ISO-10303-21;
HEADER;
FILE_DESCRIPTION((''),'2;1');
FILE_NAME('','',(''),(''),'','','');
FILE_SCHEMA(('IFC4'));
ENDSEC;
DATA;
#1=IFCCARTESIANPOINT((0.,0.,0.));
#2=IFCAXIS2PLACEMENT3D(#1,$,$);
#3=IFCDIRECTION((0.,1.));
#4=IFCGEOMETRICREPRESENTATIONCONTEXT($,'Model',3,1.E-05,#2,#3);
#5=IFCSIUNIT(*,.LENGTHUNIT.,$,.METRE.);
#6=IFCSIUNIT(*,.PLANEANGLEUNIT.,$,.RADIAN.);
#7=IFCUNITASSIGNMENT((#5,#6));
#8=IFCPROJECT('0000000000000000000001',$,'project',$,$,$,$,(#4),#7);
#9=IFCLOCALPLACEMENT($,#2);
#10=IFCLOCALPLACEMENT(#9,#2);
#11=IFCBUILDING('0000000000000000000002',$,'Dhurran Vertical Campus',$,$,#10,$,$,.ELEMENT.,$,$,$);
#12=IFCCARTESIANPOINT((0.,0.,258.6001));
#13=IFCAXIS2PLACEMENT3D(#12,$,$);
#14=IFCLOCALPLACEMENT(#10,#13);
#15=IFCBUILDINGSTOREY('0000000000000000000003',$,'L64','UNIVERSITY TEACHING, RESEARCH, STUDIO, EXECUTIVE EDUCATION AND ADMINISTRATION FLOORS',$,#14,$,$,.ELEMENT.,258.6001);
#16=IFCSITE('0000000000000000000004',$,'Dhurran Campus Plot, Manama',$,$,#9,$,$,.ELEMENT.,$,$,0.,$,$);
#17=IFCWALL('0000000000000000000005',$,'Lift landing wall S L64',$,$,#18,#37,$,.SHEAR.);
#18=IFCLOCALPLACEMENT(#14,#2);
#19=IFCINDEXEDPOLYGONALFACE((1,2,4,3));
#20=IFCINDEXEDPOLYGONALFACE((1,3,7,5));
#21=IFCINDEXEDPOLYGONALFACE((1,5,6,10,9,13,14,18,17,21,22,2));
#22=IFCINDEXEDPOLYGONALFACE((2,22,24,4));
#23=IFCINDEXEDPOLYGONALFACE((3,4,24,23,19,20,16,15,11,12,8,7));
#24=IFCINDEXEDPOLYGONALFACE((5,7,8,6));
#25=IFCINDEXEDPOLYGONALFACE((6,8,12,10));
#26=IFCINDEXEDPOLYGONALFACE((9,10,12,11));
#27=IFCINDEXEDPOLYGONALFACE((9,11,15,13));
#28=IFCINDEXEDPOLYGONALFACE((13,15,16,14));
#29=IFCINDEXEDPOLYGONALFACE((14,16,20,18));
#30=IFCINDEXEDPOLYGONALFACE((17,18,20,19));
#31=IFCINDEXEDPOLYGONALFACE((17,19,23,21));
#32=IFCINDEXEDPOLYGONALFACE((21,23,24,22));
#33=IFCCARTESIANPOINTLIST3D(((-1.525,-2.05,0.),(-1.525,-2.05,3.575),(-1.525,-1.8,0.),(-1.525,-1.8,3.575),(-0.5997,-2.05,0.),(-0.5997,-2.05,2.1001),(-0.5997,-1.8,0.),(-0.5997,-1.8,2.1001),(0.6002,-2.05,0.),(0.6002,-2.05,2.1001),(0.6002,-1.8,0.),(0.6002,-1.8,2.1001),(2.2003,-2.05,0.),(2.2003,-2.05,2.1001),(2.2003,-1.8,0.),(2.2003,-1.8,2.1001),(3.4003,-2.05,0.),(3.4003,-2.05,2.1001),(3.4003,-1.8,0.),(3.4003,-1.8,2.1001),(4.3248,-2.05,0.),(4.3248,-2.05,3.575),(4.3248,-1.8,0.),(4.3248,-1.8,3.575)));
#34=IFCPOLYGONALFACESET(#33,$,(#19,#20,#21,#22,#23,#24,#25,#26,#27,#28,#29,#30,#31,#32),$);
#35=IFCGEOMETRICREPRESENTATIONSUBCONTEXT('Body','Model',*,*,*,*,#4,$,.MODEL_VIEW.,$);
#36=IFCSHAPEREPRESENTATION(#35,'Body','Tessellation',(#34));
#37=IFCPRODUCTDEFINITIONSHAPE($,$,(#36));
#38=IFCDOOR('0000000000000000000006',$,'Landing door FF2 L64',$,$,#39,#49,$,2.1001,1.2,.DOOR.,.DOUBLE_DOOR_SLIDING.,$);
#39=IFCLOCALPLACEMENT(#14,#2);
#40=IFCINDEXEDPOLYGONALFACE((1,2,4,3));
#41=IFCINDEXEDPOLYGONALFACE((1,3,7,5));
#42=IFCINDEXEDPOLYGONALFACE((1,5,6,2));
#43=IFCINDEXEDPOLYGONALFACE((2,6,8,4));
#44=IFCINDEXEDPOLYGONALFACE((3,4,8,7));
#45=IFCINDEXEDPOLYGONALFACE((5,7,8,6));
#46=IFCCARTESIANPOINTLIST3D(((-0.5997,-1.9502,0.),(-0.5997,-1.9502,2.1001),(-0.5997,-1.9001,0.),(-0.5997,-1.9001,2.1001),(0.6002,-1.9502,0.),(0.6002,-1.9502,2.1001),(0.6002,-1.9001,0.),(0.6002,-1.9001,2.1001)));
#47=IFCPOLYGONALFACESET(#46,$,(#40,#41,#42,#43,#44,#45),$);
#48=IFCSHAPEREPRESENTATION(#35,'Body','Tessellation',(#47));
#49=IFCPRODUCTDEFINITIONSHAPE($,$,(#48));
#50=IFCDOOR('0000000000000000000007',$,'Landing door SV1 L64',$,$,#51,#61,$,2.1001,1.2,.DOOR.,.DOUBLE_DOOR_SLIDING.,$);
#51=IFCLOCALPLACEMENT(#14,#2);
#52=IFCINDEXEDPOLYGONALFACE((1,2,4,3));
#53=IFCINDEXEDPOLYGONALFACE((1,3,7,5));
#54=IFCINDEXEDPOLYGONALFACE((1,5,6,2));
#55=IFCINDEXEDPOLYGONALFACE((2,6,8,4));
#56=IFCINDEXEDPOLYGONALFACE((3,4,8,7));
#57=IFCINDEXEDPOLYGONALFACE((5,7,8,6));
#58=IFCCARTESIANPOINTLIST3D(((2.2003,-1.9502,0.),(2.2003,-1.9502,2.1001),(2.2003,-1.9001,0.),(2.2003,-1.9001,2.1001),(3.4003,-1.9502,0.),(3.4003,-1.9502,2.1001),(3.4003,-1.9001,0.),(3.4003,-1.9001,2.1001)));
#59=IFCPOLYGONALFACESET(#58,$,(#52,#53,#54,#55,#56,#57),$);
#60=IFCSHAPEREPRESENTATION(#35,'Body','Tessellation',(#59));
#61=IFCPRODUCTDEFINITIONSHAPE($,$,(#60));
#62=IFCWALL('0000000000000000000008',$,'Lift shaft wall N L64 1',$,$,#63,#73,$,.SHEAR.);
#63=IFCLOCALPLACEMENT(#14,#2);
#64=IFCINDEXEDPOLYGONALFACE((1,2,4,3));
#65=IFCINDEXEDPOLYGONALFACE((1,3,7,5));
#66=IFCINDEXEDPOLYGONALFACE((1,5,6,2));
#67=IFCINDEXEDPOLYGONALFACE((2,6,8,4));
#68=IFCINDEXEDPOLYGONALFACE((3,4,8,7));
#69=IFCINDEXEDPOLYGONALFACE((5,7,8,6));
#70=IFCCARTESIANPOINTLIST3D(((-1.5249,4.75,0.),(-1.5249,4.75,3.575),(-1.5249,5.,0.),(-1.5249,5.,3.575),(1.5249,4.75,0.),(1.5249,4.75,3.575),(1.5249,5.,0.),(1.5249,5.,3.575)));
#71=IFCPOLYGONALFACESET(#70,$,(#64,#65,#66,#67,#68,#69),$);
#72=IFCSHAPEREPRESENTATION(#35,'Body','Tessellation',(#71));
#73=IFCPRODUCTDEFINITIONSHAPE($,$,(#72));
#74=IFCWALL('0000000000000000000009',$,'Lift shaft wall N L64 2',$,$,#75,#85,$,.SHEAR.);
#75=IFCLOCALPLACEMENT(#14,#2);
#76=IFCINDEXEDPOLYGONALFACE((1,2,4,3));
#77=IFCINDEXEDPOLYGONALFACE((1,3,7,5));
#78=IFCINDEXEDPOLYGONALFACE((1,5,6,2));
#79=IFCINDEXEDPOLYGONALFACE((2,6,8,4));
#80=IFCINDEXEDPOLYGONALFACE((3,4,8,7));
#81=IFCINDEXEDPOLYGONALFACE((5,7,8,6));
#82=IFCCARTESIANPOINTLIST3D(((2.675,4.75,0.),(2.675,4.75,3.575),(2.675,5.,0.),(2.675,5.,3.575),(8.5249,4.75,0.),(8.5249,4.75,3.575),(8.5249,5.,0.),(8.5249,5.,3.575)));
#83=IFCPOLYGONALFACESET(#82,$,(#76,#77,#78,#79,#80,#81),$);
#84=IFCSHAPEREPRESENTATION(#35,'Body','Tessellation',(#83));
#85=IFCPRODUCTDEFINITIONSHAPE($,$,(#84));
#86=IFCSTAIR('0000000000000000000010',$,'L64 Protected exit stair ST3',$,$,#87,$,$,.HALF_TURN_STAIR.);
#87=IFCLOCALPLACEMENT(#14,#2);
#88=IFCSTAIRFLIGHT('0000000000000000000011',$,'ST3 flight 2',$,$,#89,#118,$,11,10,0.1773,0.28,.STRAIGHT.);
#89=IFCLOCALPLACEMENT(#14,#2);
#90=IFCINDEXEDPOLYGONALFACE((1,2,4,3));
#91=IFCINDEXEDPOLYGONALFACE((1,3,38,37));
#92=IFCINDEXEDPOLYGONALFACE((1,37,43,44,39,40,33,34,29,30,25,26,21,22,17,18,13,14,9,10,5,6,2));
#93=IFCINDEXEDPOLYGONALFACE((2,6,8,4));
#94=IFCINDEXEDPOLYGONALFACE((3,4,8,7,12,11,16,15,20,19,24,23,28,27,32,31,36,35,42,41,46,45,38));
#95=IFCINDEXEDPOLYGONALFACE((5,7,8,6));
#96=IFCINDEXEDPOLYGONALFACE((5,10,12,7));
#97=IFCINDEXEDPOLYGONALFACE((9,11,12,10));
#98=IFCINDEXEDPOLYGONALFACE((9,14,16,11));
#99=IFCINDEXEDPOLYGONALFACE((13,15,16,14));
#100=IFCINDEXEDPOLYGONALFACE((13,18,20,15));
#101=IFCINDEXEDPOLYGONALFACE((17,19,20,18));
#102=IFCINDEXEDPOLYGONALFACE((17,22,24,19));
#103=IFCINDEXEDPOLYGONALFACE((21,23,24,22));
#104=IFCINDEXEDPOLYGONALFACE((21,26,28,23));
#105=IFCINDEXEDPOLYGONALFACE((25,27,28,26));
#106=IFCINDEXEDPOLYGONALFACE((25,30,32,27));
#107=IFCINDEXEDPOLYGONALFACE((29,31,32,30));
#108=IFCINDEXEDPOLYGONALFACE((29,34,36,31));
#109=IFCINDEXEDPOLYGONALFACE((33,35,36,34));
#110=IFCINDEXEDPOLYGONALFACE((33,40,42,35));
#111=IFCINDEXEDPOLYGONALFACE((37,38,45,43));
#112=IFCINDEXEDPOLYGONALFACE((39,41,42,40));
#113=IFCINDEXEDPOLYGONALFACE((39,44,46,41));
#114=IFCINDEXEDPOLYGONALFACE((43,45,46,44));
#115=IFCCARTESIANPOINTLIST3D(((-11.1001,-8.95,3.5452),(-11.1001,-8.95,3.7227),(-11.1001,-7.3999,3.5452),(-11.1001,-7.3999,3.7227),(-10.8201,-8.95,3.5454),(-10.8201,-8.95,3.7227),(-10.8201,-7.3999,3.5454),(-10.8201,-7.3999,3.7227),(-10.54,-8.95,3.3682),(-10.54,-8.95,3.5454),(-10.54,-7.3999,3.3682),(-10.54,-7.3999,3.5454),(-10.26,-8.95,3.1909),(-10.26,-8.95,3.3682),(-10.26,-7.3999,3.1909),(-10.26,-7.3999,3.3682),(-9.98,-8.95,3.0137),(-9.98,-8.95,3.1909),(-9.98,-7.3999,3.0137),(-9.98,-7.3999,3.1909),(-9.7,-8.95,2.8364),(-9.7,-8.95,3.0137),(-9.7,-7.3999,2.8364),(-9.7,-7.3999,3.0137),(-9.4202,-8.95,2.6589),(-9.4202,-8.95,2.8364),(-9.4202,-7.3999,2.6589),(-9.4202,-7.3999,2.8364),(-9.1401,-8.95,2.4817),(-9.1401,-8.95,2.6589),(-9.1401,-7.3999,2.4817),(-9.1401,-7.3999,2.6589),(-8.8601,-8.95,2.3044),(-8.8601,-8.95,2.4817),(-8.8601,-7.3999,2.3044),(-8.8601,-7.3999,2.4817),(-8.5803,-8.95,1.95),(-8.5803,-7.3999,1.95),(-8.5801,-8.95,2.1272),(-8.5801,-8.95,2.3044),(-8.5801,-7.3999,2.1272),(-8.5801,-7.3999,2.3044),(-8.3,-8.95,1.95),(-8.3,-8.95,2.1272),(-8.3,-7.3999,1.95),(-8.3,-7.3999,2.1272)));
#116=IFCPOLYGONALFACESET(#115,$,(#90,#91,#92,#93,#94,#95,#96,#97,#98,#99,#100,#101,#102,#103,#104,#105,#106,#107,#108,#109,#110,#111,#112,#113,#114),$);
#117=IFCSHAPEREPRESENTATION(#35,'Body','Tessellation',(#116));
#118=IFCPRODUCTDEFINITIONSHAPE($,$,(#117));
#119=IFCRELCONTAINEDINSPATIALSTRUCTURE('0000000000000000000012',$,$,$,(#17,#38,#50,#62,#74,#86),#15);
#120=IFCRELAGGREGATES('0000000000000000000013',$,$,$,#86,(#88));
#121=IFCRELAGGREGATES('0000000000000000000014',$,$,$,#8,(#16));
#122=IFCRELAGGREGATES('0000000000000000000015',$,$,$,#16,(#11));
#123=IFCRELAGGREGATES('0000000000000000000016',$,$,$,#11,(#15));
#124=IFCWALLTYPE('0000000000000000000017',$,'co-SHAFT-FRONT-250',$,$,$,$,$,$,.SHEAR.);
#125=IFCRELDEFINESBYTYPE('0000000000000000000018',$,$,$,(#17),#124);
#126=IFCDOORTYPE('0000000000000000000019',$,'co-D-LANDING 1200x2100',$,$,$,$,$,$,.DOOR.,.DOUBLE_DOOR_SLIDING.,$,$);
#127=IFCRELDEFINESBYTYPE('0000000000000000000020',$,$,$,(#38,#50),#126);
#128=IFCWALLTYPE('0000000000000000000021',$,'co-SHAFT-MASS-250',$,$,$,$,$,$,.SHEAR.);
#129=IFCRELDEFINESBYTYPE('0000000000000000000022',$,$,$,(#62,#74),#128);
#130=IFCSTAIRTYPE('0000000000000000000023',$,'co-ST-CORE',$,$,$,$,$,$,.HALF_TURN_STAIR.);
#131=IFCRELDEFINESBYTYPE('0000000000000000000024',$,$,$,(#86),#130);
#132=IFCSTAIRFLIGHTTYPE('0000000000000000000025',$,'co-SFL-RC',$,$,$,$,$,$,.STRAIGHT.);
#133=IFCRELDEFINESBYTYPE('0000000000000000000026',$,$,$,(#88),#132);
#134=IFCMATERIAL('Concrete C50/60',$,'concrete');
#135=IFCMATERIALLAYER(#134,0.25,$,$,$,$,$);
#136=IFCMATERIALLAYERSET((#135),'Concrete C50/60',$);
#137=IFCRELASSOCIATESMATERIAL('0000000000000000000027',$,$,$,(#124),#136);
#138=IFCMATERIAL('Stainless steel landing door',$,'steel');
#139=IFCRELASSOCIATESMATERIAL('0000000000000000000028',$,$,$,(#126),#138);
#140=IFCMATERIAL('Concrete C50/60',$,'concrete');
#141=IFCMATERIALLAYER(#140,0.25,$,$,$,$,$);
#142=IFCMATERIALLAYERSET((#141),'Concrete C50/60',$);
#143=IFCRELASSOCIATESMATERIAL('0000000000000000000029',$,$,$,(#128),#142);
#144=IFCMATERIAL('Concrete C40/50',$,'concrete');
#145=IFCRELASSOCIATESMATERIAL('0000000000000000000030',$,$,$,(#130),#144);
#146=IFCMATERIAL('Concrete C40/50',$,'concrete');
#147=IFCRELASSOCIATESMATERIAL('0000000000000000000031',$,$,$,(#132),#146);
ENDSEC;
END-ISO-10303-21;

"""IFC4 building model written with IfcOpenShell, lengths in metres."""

from ifc_helpers import new_model, si_unit, direction, frame, frame_2d, origin, place, context, subcontext, project, spatial, polyline, rectangle, outline, extrude, material, layer, layer_set, type_object, element, fill, aggregate, save


model = new_model("IFC4")

# Units and contexts
model_context = context("Model", 3, precision=1e-05, world=origin(), true_north=direction((0.0, 1.0)))
body_context = subcontext(model_context, "Body", "Model", "MODEL_VIEW")
ifc_project = project(units=[si_unit("LENGTHUNIT", "METRE"), si_unit("PLANEANGLEUNIT", "RADIAN")], contexts=[model_context])

# Site, building, storey
site_placement = place(None, origin())
site = spatial("IfcSite", under=ifc_project, at=site_placement, Name="Dhurran Campus Plot, Manama", CompositionType="ELEMENT", RefElevation=0.0)
building_placement = place(site_placement, origin())
building = spatial("IfcBuilding", under=site, at=building_placement, Name="Dhurran Vertical Campus", CompositionType="ELEMENT")
storey_placement = place(building_placement, frame((0.0, 0.0, 258.6001)))
storey = spatial("IfcBuildingStorey", under=building, at=storey_placement, Name="L64", Description="UNIVERSITY TEACHING, RESEARCH, STUDIO, EXECUTIVE EDUCATION AND ADMINISTRATION FLOORS", CompositionType="ELEMENT", Elevation=258.6001)

# Wall, openings, doors
ifc_material_1 = material(Name="Concrete C50/60", Category="concrete")
ifc_layer_1 = layer(ifc_material_1, 0.25)
ifc_layer_set_1 = layer_set([ifc_layer_1], Name="Concrete C50/60")
wall_type_1 = type_object("IfcWallType", Name="co-SHAFT-FRONT-250", PredefinedType="SHEAR", material=ifc_layer_set_1)
ifc_material_2 = material(Name="Stainless steel landing door", Category="steel")
door_type_1 = type_object("IfcDoorType", Name="co-D-LANDING 1200x2100", OperationType="DOUBLE_DOOR_SLIDING", PredefinedType="DOOR", material=ifc_material_2)
wall_1_placement = place(storey_placement, frame((-1.5249, -1.925, 0.0), z_axis=(0.0, 0.0, 1.0), x_axis=(1.0, 0.0, 0.0)))
wall_1 = element("IfcWall", 1, at=wall_1_placement, inside=storey, type_object=wall_type_1, Name="Lift landing wall S L64", PredefinedType="SHEAR", context=body_context, shape_type="SweptSolid", body=[
    extrude(rectangle(XDim=5.8499, YDim=0.25, at=frame_2d((2.9248, 0.0))), origin(), (0.0, 0.0, 1.0), 3.575),
])
opening_1_placement = place(wall_1_placement, frame((0.925, 0.0, 0.0)))
opening_1 = element("IfcOpeningElement", 2, at=opening_1_placement, cuts=wall_1, PredefinedType="OPENING", context=body_context, shape_type="SweptSolid", body=[
    extrude(rectangle(XDim=1.2, YDim=2.1001, at=frame_2d((0.6001, 1.05))), frame((0.0, 0.135, 0.0), z_axis=(0.0, -1.0, 0.0), x_axis=(1.0, 0.0, 0.0)), (0.0, 0.0, 1.0), 0.27),
])
opening_2_placement = place(wall_1_placement, frame((3.7251, 0.0, 0.0)))
opening_2 = element("IfcOpeningElement", 3, at=opening_2_placement, cuts=wall_1, PredefinedType="OPENING", context=body_context, shape_type="SweptSolid", body=[
    extrude(rectangle(XDim=1.2, YDim=2.1001, at=frame_2d((0.6001, 1.05))), frame((0.0, 0.135, 0.0), z_axis=(0.0, -1.0, 0.0), x_axis=(1.0, 0.0, 0.0)), (0.0, 0.0, 1.0), 0.27),
])
door_1_placement = place(opening_1_placement, origin())
door_1 = element("IfcDoor", 4, at=door_1_placement, inside=storey, type_object=door_type_1, Name="Landing door FF2 L64", OperationType="DOUBLE_DOOR_SLIDING", OverallHeight=2.1001, OverallWidth=1.2, PredefinedType="DOOR", context=body_context, shape_type="SweptSolid", body=[
    extrude(rectangle(XDim=1.2, YDim=2.1001, at=frame_2d((0.6001, 1.05))), frame((0.0, 0.0249, 0.0), z_axis=(0.0, -1.0, 0.0), x_axis=(1.0, 0.0, 0.0)), (0.0, 0.0, 1.0), 0.05),
])
fill(opening_1, door_1)
door_2_placement = place(opening_2_placement, origin())
door_2 = element("IfcDoor", 5, at=door_2_placement, inside=storey, type_object=door_type_1, Name="Landing door SV1 L64", OperationType="DOUBLE_DOOR_SLIDING", OverallHeight=2.1001, OverallWidth=1.2, PredefinedType="DOOR", context=body_context, shape_type="SweptSolid", body=[
    extrude(rectangle(XDim=1.2, YDim=2.1001, at=frame_2d((0.6001, 1.05))), frame((0.0, 0.0249, 0.0), z_axis=(0.0, -1.0, 0.0), x_axis=(1.0, 0.0, 0.0)), (0.0, 0.0, 1.0), 0.05),
])
fill(opening_2, door_2)

# Walls
ifc_material_3 = material(Name="Concrete C50/60", Category="concrete")
ifc_layer_2 = layer(ifc_material_3, 0.25)
ifc_layer_set_2 = layer_set([ifc_layer_2], Name="Concrete C50/60")
wall_type_2 = type_object("IfcWallType", Name="co-SHAFT-MASS-250", PredefinedType="SHEAR", material=ifc_layer_set_2)
wall_2_placement = place(storey_placement, origin())
element("IfcWall", 6, at=wall_2_placement, inside=storey, type_object=wall_type_2, Name="Lift shaft wall N L64 1", PredefinedType="SHEAR", context=body_context, shape_type="SweptSolid", body=[
    extrude(outline(polyline([(-1.5249, 4.75), (1.5249, 4.75), (1.5249, 5.0), (-1.5249, 5.0), (-1.5249, 4.75)])), origin(), (0.0, 0.0, 1.0), 3.575),
])
wall_3_placement = place(storey_placement, origin())
element("IfcWall", 7, at=wall_3_placement, inside=storey, type_object=wall_type_2, Name="Lift shaft wall N L64 2", PredefinedType="SHEAR", context=body_context, shape_type="SweptSolid", body=[
    extrude(outline(polyline([(2.675, 4.75), (8.5249, 4.75), (8.5249, 5.0), (2.675, 5.0), (2.675, 4.75)])), origin(), (0.0, 0.0, 1.0), 3.575),
])

# Stair, stair flight
ifc_material_4 = material(Name="Concrete C40/50", Category="concrete")
stair_type = type_object("IfcStairType", Name="co-ST-CORE", PredefinedType="HALF_TURN_STAIR", material=ifc_material_4)
stair_placement = place(storey_placement, origin())
stair = element("IfcStair", 8, at=stair_placement, inside=storey, type_object=stair_type, Name="L64 Protected exit stair ST3", PredefinedType="HALF_TURN_STAIR")
ifc_material_5 = material(Name="Concrete C40/50", Category="concrete")
stair_flight_type = type_object("IfcStairFlightType", Name="co-SFL-RC", PredefinedType="STRAIGHT", material=ifc_material_5)
stair_flight_placement = place(storey_placement, frame((-8.3, -8.175, 1.95), z_axis=(0.0, 0.0, 1.0), x_axis=(-1.0, 0.0, 0.0)))
stair_flight = element("IfcStairFlight", 9, at=stair_flight_placement, type_object=stair_flight_type, Name="ST3 flight 2", NumberOfRisers=11, NumberOfTreads=10, PredefinedType="STRAIGHT", RiserHeight=0.1773, TreadLength=0.28, context=body_context, shape_type="SweptSolid", body=[
    extrude(outline(polyline([(0.0, 0.0), (0.0, 0.1772), (0.28, 0.1772), (0.28, 0.3545), (0.5601, 0.3545), (0.5601, 0.5317), (0.8401, 0.5317), (0.8401, 0.709), (1.1201, 0.709), (1.1201, 0.8865), (1.3999, 0.8865), (1.3999, 1.0637), (1.6799, 1.0637), (1.6799, 1.241), (1.96, 1.241), (1.96, 1.4182), (2.24, 1.4182), (2.24, 1.5955), (2.52, 1.5955), (2.52, 1.7727), (2.8, 1.7727), (2.8, 1.95), (2.8, 1.5952), (0.2803, 0.0), (0.0, 0.0)])), frame((0.0, 0.7749, 0.0), z_axis=(0.0, -1.0, 0.0), x_axis=(1.0, 0.0, 0.0)), (0.0, 0.0, 1.0), 1.55),
])
aggregate(stair, [stair_flight])

save(model, "model.ifc")
